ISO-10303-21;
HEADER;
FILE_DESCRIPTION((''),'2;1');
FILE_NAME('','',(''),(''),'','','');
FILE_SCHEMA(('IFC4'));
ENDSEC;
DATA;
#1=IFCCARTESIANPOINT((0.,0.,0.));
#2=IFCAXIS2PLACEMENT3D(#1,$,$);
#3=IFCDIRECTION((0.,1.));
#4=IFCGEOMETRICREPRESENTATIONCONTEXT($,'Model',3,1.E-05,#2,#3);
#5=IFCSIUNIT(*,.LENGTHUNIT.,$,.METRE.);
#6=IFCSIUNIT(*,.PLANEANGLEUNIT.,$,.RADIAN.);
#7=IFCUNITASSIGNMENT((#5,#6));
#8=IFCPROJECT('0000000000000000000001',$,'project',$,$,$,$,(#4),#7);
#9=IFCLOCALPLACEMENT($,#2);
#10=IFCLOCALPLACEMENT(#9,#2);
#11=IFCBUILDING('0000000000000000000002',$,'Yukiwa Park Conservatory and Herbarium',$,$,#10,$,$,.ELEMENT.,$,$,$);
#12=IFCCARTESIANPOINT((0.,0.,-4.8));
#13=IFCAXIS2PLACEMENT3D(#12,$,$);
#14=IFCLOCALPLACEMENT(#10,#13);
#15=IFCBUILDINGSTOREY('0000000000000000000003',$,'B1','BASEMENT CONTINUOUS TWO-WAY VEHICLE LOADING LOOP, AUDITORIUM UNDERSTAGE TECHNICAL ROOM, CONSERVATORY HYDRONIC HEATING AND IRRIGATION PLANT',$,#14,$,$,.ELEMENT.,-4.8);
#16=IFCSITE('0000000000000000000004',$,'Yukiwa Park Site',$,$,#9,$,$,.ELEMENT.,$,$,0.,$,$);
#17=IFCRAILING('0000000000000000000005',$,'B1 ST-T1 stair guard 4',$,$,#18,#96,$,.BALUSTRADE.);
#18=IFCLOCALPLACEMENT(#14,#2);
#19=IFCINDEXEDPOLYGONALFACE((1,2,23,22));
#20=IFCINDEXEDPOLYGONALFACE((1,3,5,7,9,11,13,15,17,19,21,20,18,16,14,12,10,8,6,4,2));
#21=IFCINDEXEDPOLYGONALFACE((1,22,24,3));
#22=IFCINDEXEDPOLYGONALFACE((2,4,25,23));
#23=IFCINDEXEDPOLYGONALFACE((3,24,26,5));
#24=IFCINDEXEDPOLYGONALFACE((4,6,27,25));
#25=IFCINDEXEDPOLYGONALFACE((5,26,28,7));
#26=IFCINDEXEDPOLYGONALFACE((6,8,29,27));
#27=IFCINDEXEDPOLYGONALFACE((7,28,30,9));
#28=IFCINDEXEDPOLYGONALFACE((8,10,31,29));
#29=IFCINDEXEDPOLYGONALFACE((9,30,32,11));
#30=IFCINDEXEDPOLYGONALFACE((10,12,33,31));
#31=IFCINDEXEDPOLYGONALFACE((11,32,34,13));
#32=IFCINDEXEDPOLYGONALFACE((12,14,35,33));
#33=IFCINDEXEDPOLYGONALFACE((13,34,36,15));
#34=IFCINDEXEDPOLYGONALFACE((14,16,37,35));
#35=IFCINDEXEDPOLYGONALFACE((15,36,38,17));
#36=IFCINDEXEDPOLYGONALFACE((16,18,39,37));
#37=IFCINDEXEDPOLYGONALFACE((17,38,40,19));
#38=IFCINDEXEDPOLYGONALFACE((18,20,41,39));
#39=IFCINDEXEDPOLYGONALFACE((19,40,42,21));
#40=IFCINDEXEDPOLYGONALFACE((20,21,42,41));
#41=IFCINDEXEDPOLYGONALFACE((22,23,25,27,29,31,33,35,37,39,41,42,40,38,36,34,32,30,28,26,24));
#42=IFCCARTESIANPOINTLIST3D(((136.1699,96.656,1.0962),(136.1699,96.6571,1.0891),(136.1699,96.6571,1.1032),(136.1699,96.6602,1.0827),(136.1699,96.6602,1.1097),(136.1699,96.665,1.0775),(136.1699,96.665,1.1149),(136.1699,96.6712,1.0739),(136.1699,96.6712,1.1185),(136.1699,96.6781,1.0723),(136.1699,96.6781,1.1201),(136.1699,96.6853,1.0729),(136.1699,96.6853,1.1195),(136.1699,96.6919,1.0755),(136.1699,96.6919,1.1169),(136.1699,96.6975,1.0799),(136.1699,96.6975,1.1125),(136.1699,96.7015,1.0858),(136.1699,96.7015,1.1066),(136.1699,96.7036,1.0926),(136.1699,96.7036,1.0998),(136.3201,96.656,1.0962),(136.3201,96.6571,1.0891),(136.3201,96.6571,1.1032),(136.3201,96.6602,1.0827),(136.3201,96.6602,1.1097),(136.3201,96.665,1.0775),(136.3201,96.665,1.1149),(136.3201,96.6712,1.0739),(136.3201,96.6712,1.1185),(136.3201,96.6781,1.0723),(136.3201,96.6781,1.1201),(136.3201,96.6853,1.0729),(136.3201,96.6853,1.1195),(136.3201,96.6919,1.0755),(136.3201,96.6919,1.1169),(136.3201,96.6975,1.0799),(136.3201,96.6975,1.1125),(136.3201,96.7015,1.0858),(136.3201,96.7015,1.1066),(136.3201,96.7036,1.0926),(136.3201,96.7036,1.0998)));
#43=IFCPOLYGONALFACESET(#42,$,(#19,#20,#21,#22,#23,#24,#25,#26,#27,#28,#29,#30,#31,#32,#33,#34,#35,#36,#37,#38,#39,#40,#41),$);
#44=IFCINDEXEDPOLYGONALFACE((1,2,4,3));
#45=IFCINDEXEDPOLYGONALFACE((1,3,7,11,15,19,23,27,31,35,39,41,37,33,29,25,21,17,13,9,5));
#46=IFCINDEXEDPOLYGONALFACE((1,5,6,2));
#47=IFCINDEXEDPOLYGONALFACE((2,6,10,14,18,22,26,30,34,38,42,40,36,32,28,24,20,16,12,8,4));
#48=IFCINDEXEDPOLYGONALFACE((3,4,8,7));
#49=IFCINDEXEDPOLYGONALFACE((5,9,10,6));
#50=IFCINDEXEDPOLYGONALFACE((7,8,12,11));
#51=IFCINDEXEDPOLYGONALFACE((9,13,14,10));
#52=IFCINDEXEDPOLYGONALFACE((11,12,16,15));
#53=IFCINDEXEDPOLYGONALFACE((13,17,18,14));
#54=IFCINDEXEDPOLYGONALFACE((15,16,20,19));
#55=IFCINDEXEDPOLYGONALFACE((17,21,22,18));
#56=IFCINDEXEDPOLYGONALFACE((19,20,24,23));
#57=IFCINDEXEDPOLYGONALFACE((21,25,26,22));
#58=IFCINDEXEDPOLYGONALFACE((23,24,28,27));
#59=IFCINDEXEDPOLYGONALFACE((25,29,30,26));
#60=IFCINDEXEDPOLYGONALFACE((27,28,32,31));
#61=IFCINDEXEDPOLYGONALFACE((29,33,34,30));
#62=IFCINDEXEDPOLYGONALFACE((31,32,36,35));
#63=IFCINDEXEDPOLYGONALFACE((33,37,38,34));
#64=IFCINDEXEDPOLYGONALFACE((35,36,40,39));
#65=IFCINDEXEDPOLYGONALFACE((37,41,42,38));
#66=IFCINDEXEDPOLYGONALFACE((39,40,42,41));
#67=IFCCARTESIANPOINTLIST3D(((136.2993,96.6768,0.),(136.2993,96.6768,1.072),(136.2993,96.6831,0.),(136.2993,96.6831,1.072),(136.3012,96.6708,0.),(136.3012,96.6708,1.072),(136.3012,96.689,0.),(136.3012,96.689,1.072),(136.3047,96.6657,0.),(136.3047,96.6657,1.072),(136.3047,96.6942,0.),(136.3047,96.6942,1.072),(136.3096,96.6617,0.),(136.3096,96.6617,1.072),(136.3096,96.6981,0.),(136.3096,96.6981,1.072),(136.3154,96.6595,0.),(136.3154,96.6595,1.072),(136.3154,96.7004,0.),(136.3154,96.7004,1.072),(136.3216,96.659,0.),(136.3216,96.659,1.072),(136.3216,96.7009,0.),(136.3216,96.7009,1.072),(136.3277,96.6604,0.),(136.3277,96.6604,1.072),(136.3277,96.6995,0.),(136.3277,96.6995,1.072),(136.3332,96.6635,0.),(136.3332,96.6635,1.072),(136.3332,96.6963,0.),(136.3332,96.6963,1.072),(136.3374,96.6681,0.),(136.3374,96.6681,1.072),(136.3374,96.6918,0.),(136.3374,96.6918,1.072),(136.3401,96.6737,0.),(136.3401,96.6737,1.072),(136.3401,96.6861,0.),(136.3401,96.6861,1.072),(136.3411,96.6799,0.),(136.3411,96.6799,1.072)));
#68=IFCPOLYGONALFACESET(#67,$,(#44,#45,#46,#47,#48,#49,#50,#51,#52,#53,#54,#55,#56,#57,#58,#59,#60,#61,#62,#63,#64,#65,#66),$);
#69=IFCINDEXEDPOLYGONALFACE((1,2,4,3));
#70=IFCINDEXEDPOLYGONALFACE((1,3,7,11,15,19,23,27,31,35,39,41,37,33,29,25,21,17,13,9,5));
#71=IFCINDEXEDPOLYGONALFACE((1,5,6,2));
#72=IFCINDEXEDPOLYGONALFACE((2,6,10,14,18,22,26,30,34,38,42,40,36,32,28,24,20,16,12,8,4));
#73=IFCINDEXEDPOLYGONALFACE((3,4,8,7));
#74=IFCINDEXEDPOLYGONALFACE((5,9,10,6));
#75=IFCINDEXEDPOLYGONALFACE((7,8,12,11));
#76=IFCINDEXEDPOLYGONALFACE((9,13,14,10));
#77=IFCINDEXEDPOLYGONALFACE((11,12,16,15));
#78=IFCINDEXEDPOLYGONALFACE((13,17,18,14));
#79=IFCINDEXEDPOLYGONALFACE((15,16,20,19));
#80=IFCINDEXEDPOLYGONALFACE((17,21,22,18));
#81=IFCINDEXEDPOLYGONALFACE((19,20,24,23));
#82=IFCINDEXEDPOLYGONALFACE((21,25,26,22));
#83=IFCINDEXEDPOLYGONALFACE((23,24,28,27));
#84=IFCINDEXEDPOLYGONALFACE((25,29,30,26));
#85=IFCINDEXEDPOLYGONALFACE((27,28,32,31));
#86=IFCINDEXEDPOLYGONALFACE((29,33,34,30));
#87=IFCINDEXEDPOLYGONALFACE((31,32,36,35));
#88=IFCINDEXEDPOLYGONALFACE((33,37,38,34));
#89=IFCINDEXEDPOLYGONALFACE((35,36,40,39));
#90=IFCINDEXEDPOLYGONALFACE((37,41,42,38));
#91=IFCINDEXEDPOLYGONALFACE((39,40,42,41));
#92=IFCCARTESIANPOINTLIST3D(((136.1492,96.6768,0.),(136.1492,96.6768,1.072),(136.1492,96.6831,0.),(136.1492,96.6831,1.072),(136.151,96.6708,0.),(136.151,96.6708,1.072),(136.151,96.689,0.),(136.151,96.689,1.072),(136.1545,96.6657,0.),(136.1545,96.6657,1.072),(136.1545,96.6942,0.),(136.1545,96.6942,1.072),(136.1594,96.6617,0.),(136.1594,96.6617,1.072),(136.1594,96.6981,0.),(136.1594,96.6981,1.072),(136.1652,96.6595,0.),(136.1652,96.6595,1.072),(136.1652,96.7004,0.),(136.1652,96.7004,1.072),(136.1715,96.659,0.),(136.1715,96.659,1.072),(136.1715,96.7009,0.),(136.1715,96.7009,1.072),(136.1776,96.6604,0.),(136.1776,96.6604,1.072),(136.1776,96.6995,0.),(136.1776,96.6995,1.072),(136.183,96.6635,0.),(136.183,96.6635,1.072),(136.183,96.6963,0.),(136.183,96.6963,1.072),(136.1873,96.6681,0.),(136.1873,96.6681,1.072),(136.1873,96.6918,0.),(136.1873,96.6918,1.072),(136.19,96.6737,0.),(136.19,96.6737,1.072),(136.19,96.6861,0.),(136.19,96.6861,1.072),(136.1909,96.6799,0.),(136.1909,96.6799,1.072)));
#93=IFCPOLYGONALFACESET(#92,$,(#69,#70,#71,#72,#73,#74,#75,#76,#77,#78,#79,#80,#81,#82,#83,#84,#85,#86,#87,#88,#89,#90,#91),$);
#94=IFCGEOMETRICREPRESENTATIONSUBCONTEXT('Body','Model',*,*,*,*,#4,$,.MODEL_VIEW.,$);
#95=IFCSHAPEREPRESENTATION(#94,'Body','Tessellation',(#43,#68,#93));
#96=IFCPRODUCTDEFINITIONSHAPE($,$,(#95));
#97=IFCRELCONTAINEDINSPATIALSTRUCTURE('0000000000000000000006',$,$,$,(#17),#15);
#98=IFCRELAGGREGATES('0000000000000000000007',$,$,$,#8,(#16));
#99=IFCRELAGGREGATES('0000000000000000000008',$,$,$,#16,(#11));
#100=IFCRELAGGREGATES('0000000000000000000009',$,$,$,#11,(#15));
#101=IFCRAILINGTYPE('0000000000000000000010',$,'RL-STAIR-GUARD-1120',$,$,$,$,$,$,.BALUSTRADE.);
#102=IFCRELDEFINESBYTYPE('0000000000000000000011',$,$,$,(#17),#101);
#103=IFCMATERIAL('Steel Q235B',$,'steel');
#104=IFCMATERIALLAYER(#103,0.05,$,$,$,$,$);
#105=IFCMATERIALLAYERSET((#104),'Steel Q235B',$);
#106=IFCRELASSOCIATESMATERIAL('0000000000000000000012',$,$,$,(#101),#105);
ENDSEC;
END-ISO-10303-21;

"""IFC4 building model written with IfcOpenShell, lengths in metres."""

from ifc_helpers import new_model, si_unit, direction, frame, origin, origin_2d, place, context, subcontext, project, spatial, circle, extrude, material, layer, layer_set, type_object, element, save


model = new_model("IFC4")

# Units and contexts
model_context = context("Model", 3, precision=1e-05, world=origin(), true_north=direction((0.0, 1.0)))
body_context = subcontext(model_context, "Body", "Model", "MODEL_VIEW")
ifc_project = project(units=[si_unit("LENGTHUNIT", "METRE"), si_unit("PLANEANGLEUNIT", "RADIAN")], contexts=[model_context])

# Site, building, storey
site_placement = place(None, origin())
site = spatial("IfcSite", under=ifc_project, at=site_placement, Name="Yukiwa Park Site", CompositionType="ELEMENT", RefElevation=0.0)
building_placement = place(site_placement, origin())
building = spatial("IfcBuilding", under=site, at=building_placement, Name="Yukiwa Park Conservatory and Herbarium", CompositionType="ELEMENT")
storey_placement = place(building_placement, frame((0.0, 0.0, -4.8)))
storey = spatial("IfcBuildingStorey", under=building, at=storey_placement, Name="B1", Description="BASEMENT CONTINUOUS TWO-WAY VEHICLE LOADING LOOP, AUDITORIUM UNDERSTAGE TECHNICAL ROOM, CONSERVATORY HYDRONIC HEATING AND IRRIGATION PLANT", CompositionType="ELEMENT", Elevation=-4.8)

# Railing
ifc_material_1 = material(Name="Steel Q235B", Category="steel")
ifc_layer_1 = layer(ifc_material_1, 0.05)
ifc_layer_set_1 = layer_set([ifc_layer_1], Name="Steel Q235B")
railing_type_1 = type_object("IfcRailingType", Name="RL-STAIR-GUARD-1120", PredefinedType="BALUSTRADE", material=ifc_layer_set_1)
railing_1_placement = place(storey_placement, frame((136.3201, 96.6799, 0.0)))
element("IfcRailing", 1, at=railing_1_placement, inside=storey, type_object=railing_type_1, Name="B1 ST-T1 stair guard 4", PredefinedType="BALUSTRADE", context=body_context, shape_type="SweptSolid", body=[
    extrude(circle(Radius=0.0239, at=origin_2d()), frame((0.0, 0.0, 1.0962), z_axis=(-1.0, 0.0, 0.0), x_axis=(0.0, -1.0, 0.0)), (0.0, 0.0, 1.0), 0.1501),
    extrude(circle(Radius=0.021, at=origin_2d()), origin(), (0.0, 0.0, 1.0), 1.072),
    extrude(circle(Radius=0.021, at=origin_2d()), frame((-0.1501, 0.0, 0.0)), (0.0, 0.0, 1.0), 1.072),
])

save(model, "model.ifc")
